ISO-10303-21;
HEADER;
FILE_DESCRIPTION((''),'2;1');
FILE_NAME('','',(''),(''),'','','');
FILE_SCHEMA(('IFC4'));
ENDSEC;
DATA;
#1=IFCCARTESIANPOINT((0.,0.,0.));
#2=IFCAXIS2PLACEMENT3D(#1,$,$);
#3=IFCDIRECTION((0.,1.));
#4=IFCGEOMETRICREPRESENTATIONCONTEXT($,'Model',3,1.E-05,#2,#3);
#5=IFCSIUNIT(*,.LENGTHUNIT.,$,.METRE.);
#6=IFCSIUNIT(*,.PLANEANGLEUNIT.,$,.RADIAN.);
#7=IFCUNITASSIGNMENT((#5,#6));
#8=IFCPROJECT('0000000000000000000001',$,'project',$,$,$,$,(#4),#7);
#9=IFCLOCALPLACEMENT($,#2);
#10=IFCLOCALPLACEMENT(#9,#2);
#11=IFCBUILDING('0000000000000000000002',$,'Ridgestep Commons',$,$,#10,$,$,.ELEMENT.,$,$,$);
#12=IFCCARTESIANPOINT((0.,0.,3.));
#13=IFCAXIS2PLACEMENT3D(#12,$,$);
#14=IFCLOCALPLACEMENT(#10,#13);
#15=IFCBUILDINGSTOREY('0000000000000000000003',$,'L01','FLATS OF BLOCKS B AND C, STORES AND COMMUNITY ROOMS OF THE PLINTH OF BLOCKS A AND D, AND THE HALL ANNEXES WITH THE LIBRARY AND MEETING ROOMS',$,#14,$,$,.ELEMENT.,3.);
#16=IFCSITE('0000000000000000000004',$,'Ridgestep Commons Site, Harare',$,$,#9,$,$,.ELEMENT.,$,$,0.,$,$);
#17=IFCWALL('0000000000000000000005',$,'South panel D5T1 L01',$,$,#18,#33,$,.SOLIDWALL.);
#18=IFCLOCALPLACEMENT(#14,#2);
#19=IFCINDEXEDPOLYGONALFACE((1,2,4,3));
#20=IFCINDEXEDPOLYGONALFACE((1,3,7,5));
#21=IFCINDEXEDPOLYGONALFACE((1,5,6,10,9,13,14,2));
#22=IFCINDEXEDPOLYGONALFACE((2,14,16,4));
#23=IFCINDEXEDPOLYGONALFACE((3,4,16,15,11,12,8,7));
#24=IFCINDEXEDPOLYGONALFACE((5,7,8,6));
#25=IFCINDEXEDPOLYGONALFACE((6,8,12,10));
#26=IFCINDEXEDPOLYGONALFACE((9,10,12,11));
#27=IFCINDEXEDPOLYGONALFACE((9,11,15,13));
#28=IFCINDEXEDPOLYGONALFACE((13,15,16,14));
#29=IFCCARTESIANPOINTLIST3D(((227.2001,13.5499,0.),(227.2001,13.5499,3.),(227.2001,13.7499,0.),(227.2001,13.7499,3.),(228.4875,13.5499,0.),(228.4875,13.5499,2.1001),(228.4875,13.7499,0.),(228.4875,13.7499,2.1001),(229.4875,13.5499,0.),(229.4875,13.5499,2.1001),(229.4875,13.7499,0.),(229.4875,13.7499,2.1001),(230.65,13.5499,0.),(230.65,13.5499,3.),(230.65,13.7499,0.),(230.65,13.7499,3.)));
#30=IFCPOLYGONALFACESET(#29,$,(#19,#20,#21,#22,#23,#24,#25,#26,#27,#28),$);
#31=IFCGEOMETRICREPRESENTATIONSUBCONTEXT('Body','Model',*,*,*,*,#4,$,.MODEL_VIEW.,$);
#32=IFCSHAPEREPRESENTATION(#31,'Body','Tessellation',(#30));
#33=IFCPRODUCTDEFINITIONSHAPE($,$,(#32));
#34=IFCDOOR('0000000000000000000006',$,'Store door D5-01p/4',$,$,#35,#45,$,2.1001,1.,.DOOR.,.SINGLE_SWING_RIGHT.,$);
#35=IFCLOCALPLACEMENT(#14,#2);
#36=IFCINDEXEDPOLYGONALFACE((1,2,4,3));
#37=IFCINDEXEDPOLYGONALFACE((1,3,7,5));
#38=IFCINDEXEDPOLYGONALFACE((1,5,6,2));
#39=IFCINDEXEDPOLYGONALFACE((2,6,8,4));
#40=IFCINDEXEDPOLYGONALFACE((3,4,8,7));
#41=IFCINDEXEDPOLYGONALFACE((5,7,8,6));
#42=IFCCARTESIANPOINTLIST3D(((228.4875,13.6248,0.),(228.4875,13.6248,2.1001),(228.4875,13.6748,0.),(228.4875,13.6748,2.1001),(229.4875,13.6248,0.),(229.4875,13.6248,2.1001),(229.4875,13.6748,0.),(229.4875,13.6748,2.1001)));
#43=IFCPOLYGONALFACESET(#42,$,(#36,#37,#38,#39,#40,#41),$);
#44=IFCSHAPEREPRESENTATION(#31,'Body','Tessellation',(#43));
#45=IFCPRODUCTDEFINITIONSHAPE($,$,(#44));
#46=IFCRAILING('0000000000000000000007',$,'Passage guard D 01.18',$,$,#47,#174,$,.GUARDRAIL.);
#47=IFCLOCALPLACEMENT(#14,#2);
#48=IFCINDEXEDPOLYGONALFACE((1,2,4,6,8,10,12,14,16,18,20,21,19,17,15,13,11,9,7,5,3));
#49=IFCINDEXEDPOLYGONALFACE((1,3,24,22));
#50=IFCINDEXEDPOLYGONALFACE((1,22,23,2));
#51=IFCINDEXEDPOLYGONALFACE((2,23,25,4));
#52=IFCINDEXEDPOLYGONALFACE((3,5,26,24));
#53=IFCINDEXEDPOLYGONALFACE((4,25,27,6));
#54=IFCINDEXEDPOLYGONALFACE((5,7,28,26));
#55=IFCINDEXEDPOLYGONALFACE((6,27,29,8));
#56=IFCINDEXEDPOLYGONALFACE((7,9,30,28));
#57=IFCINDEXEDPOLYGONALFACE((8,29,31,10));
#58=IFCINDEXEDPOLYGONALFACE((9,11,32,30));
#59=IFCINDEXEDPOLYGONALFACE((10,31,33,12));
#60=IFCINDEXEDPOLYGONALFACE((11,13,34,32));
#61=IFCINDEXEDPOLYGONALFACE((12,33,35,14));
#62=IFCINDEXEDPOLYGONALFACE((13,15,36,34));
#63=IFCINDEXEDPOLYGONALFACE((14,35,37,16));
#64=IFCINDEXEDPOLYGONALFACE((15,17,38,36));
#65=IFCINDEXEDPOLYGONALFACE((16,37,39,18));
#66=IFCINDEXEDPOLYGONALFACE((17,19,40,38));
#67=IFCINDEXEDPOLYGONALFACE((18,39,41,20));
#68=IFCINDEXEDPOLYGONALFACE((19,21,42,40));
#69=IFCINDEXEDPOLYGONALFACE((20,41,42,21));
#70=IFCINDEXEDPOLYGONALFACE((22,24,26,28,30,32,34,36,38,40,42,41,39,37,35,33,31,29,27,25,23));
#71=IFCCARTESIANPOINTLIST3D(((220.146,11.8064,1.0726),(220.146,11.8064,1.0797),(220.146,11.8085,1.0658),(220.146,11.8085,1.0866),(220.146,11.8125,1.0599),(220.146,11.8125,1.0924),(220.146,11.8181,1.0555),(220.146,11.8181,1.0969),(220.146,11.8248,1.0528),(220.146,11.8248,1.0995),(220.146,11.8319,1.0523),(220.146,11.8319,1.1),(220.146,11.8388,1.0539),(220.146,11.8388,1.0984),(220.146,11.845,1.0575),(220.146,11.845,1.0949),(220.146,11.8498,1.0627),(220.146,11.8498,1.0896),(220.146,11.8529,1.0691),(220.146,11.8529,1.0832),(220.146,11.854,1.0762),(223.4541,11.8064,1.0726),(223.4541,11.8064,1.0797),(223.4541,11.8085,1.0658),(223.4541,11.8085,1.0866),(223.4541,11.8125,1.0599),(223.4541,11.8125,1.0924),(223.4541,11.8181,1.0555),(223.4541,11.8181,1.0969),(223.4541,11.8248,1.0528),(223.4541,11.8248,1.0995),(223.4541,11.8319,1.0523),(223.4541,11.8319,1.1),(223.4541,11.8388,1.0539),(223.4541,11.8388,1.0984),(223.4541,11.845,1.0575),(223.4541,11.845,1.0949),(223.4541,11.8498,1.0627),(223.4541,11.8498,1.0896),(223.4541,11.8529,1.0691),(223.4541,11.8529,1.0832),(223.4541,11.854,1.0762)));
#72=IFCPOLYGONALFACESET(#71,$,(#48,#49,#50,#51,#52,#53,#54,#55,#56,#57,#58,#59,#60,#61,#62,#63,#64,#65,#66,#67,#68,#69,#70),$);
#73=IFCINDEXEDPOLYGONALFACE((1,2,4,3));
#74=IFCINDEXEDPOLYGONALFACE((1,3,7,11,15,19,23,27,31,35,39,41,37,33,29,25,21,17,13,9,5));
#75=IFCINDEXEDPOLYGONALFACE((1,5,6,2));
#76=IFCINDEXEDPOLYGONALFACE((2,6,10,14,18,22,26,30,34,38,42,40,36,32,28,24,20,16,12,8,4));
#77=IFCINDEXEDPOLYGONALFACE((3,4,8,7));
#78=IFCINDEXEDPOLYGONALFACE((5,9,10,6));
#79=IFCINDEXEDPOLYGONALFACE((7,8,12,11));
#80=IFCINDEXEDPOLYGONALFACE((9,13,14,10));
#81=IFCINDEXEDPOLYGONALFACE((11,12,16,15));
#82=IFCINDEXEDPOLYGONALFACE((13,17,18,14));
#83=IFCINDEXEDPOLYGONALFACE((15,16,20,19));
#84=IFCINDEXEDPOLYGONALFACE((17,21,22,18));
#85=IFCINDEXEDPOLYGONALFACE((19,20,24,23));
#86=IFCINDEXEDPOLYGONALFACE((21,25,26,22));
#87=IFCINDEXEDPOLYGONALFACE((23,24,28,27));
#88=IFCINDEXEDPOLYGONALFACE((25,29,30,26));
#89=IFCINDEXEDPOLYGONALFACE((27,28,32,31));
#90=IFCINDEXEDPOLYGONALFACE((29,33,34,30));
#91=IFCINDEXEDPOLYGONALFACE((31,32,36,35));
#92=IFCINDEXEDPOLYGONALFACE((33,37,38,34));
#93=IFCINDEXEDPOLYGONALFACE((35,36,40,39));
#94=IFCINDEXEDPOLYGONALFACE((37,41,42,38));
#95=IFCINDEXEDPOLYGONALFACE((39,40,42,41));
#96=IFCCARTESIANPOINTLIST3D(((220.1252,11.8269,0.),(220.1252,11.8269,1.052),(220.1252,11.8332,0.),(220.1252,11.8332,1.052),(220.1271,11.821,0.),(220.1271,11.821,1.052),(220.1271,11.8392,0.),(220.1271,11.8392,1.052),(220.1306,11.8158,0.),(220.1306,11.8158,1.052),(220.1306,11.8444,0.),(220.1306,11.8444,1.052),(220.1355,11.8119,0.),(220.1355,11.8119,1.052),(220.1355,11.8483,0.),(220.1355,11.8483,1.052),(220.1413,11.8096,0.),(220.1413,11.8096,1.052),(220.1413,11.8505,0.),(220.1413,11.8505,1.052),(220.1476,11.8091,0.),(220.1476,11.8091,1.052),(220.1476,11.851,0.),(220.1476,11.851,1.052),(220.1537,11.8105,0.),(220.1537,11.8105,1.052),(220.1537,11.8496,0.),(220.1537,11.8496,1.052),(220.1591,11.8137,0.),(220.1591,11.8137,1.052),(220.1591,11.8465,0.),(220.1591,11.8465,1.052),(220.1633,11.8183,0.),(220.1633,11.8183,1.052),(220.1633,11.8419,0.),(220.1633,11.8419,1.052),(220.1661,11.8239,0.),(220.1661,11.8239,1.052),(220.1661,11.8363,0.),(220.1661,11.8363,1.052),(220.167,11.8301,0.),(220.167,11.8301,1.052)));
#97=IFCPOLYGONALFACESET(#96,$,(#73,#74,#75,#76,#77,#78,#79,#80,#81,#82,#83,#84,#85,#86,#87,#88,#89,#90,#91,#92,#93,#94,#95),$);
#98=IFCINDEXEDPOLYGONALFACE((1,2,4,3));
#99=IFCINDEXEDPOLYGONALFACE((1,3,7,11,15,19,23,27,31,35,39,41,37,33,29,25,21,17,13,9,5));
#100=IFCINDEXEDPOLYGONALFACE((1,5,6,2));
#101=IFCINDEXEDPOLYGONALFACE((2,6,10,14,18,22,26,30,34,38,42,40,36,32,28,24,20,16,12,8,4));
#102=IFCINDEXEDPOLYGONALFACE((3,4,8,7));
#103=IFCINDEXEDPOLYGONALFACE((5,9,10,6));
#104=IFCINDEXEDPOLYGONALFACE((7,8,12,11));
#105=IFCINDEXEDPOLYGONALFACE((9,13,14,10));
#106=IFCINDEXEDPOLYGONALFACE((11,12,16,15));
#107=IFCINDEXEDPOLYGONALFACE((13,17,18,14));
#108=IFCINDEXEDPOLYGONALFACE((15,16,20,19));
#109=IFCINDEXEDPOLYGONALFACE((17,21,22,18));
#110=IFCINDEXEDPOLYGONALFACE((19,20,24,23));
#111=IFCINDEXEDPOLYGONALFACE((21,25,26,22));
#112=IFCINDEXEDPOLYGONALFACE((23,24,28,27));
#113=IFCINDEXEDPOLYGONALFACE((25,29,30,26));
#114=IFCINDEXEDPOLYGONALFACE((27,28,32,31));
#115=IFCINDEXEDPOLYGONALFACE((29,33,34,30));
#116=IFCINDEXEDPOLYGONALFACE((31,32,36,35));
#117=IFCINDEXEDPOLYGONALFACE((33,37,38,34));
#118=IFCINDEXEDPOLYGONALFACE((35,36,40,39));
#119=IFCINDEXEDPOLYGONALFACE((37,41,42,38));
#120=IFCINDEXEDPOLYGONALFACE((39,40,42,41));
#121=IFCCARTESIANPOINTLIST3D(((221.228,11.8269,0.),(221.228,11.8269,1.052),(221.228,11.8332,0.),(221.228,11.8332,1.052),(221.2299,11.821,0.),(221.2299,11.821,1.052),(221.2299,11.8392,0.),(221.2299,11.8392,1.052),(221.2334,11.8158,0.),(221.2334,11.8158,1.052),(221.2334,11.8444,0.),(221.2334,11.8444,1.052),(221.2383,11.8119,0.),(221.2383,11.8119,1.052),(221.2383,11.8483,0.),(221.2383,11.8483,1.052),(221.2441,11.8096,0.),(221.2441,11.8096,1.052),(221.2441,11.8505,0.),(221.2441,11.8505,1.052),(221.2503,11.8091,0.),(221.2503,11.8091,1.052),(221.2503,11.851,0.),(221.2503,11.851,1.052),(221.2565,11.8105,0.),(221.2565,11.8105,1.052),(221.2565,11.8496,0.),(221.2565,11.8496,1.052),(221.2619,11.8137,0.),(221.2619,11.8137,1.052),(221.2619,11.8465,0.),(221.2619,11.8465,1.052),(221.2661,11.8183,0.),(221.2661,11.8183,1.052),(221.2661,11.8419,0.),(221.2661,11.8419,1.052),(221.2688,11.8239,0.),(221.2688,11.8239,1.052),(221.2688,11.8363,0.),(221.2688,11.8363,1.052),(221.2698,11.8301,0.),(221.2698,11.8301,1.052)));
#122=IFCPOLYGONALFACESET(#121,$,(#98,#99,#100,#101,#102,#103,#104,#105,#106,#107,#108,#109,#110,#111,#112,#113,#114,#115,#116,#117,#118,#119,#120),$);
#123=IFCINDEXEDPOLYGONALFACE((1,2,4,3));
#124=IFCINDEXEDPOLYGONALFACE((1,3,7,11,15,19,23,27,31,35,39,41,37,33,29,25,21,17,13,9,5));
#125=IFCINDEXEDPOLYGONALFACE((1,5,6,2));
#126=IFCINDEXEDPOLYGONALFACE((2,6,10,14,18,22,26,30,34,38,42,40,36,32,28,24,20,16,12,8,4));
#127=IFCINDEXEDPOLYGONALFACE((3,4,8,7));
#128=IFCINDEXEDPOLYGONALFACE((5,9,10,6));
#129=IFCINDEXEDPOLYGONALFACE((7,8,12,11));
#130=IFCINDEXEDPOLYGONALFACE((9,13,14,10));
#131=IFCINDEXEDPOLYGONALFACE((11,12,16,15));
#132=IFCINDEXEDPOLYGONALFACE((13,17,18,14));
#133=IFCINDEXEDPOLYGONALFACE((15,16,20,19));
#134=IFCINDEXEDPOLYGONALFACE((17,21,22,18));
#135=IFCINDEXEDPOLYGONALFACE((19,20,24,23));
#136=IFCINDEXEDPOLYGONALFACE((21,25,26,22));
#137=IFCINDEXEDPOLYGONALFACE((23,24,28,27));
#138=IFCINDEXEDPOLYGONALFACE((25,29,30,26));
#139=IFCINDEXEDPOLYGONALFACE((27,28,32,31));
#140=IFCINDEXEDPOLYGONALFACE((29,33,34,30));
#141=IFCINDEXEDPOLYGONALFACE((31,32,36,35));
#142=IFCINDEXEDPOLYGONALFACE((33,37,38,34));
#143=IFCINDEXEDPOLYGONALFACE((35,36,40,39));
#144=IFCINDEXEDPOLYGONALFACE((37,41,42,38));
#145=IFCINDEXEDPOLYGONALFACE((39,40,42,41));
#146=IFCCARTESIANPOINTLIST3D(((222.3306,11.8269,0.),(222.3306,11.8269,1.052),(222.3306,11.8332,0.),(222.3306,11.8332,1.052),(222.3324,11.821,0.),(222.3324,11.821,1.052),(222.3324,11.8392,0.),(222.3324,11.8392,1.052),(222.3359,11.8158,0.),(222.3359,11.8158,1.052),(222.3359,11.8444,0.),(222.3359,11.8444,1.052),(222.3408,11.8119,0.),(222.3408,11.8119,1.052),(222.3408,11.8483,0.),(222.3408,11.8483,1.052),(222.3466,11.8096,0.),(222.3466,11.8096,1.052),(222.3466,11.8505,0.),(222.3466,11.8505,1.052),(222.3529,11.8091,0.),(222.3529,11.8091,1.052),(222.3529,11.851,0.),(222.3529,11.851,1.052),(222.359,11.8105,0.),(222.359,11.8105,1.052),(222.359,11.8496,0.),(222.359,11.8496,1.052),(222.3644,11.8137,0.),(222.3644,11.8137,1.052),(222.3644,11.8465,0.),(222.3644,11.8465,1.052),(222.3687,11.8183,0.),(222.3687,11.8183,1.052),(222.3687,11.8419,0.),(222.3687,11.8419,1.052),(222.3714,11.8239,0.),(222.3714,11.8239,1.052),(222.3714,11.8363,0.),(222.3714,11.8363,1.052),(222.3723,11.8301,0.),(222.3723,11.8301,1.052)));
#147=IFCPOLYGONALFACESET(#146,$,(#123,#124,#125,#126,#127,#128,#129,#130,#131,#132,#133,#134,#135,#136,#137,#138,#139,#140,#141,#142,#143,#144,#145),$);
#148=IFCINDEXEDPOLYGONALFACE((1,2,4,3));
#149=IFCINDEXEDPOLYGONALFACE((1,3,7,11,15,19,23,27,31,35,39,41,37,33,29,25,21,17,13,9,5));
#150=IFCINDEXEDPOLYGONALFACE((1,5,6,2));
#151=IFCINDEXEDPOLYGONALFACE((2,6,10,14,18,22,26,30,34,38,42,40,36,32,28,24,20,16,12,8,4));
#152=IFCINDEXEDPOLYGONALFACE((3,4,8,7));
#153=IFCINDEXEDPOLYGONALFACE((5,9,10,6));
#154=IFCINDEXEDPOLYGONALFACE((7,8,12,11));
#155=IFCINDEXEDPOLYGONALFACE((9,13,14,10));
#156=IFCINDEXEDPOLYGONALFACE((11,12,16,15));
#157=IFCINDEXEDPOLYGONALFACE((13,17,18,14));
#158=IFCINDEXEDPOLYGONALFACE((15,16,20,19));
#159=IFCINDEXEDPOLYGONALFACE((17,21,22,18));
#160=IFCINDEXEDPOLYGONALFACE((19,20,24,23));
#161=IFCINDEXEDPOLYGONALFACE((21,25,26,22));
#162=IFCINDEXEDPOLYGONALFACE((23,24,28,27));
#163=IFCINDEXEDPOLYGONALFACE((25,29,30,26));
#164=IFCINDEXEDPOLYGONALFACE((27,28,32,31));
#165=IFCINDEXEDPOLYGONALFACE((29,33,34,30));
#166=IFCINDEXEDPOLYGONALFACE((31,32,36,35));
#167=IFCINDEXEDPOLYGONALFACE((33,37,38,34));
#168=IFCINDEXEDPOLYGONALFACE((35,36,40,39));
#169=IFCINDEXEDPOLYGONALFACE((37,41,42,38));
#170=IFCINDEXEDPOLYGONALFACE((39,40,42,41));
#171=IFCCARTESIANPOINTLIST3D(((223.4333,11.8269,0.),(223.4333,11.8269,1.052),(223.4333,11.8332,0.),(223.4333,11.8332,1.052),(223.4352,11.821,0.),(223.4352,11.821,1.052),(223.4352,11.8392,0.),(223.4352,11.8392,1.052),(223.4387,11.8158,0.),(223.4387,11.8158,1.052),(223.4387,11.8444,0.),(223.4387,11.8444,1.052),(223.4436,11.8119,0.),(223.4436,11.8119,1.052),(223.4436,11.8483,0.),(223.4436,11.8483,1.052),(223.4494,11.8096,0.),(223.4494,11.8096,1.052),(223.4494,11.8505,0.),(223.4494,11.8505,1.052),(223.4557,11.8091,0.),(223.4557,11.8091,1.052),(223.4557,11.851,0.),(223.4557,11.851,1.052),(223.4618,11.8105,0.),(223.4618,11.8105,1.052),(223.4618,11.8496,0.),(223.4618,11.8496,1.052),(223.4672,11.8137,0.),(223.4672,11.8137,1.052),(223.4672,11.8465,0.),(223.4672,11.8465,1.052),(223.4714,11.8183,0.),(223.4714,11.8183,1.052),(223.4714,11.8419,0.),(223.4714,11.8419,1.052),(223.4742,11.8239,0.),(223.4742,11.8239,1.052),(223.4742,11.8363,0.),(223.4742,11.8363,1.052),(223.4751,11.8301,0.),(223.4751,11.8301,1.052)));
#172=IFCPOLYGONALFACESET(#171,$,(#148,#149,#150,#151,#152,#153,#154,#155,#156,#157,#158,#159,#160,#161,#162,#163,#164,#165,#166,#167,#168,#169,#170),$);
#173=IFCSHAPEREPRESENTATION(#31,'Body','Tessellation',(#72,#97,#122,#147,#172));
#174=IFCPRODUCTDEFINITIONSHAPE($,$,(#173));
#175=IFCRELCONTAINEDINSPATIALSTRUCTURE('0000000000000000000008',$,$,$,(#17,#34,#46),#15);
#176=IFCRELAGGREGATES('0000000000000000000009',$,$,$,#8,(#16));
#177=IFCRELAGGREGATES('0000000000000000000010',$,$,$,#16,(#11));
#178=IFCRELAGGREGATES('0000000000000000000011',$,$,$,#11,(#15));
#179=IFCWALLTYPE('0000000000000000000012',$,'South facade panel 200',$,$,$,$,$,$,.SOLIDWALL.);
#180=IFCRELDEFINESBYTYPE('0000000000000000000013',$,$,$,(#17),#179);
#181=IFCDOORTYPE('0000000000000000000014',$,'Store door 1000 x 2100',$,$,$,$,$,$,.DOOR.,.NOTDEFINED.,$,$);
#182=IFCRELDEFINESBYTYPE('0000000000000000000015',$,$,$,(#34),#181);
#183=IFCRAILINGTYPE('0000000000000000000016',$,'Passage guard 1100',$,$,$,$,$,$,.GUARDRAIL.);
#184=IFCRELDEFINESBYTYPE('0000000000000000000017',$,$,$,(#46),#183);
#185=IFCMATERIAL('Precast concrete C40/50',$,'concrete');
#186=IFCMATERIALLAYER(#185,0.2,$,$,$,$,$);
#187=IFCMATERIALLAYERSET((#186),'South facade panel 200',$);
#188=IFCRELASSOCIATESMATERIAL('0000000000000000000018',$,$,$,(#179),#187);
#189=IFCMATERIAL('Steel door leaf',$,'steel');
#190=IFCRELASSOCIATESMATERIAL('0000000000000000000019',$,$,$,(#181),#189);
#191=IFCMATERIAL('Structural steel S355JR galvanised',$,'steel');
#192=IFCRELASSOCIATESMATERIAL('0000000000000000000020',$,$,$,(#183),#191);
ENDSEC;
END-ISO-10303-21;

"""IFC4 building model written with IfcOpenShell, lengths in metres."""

from ifc_helpers import new_model, si_unit, direction, frame, frame_2d, origin, origin_2d, place, context, subcontext, project, spatial, rectangle, circle, extrude, material, layer, layer_set, type_object, element, fill, save


model = new_model("IFC4")

# Units and contexts
model_context = context("Model", 3, precision=1e-05, world=origin(), true_north=direction((0.0, 1.0)))
body_context = subcontext(model_context, "Body", "Model", "MODEL_VIEW")
ifc_project = project(units=[si_unit("LENGTHUNIT", "METRE"), si_unit("PLANEANGLEUNIT", "RADIAN")], contexts=[model_context])

# Site, building, storey
site_placement = place(None, origin())
site = spatial("IfcSite", under=ifc_project, at=site_placement, Name="Ridgestep Commons Site, Harare", CompositionType="ELEMENT", RefElevation=0.0)
building_placement = place(site_placement, origin())
building = spatial("IfcBuilding", under=site, at=building_placement, Name="Ridgestep Commons", CompositionType="ELEMENT")
storey_placement = place(building_placement, frame((0.0, 0.0, 3.0)))
storey = spatial("IfcBuildingStorey", under=building, at=storey_placement, Name="L01", Description="FLATS OF BLOCKS B AND C, STORES AND COMMUNITY ROOMS OF THE PLINTH OF BLOCKS A AND D, AND THE HALL ANNEXES WITH THE LIBRARY AND MEETING ROOMS", CompositionType="ELEMENT", Elevation=3.0)

# Wall, opening, door
ifc_material_1 = material(Name="Precast concrete C40/50", Category="concrete")
ifc_layer_1 = layer(ifc_material_1, 0.2)
ifc_layer_set_1 = layer_set([ifc_layer_1], Name="South facade panel 200")
wall_type_1 = type_object("IfcWallType", Name="South facade panel 200", PredefinedType="SOLIDWALL", material=ifc_layer_set_1)
ifc_material_2 = material(Name="Steel door leaf", Category="steel")
door_type_1 = type_object("IfcDoorType", Name="Store door 1000 x 2100", OperationType="NOTDEFINED", PredefinedType="DOOR", material=ifc_material_2)
wall_1_placement = place(storey_placement, frame((227.2, 13.6499, 0.0), z_axis=(0.0, 0.0, 1.0), x_axis=(1.0, 0.0, 0.0)))
wall_1 = element("IfcWall", 1, at=wall_1_placement, inside=storey, type_object=wall_type_1, Name="South panel D5T1 L01", PredefinedType="SOLIDWALL", context=body_context, shape_type="SweptSolid", body=[
    extrude(rectangle(XDim=3.45, YDim=0.2, at=frame_2d((1.7251, 0.0))), origin(), (0.0, 0.0, 1.0), 3.0),
])
opening_1_placement = place(wall_1_placement, frame((1.2876, 0.0, 0.0)))
opening_1 = element("IfcOpeningElement", 2, at=opening_1_placement, cuts=wall_1, PredefinedType="OPENING", context=body_context, shape_type="SweptSolid", body=[
    extrude(rectangle(XDim=1.0, YDim=2.1001, at=frame_2d((0.5, 1.05))), frame((0.0, 0.1099, 0.0), z_axis=(0.0, -1.0, 0.0), x_axis=(1.0, 0.0, 0.0)), (0.0, 0.0, 1.0), 0.22),
])
door_1_placement = place(opening_1_placement, origin())
door_1 = element("IfcDoor", 3, at=door_1_placement, inside=storey, type_object=door_type_1, Name="Store door D5-01p/4", OperationType="SINGLE_SWING_RIGHT", OverallHeight=2.1001, OverallWidth=1.0, PredefinedType="DOOR", context=body_context, shape_type="SweptSolid", body=[
    extrude(rectangle(XDim=1.0, YDim=2.1001, at=frame_2d((0.5, 1.05))), frame((0.0, 0.0249, 0.0), z_axis=(0.0, -1.0, 0.0), x_axis=(1.0, 0.0, 0.0)), (0.0, 0.0, 1.0), 0.05),
])
fill(opening_1, door_1)

# Railing
ifc_material_3 = material(Name="Structural steel S355JR galvanised", Category="steel")
railing_type_1 = type_object("IfcRailingType", Name="Passage guard 1100", PredefinedType="GUARDRAIL", material=ifc_material_3)
railing_1_placement = place(storey_placement, frame((220.146, 11.8301, 0.0)))
element("IfcRailing", 4, at=railing_1_placement, inside=storey, type_object=railing_type_1, Name="Passage guard D 01.18", PredefinedType="GUARDRAIL", context=body_context, shape_type="SweptSolid", body=[
    extrude(circle(Radius=0.0239, at=origin_2d()), frame((0.0, 0.0, 1.0762), z_axis=(1.0, 0.0, 0.0), x_axis=(0.0, 1.0, 0.0)), (0.0, 0.0, 1.0), 3.3081),
    extrude(circle(Radius=0.021, at=origin_2d()), origin(), (0.0, 0.0, 1.0), 1.052),
    extrude(circle(Radius=0.021, at=origin_2d()), frame((1.1028, 0.0, 0.0)), (0.0, 0.0, 1.0), 1.052),
    extrude(circle(Radius=0.021, at=origin_2d()), frame((2.2053, 0.0, 0.0)), (0.0, 0.0, 1.0), 1.052),
    extrude(circle(Radius=0.021, at=origin_2d()), frame((3.3081, 0.0, 0.0)), (0.0, 0.0, 1.0), 1.052),
])

save(model, "model.ifc")
